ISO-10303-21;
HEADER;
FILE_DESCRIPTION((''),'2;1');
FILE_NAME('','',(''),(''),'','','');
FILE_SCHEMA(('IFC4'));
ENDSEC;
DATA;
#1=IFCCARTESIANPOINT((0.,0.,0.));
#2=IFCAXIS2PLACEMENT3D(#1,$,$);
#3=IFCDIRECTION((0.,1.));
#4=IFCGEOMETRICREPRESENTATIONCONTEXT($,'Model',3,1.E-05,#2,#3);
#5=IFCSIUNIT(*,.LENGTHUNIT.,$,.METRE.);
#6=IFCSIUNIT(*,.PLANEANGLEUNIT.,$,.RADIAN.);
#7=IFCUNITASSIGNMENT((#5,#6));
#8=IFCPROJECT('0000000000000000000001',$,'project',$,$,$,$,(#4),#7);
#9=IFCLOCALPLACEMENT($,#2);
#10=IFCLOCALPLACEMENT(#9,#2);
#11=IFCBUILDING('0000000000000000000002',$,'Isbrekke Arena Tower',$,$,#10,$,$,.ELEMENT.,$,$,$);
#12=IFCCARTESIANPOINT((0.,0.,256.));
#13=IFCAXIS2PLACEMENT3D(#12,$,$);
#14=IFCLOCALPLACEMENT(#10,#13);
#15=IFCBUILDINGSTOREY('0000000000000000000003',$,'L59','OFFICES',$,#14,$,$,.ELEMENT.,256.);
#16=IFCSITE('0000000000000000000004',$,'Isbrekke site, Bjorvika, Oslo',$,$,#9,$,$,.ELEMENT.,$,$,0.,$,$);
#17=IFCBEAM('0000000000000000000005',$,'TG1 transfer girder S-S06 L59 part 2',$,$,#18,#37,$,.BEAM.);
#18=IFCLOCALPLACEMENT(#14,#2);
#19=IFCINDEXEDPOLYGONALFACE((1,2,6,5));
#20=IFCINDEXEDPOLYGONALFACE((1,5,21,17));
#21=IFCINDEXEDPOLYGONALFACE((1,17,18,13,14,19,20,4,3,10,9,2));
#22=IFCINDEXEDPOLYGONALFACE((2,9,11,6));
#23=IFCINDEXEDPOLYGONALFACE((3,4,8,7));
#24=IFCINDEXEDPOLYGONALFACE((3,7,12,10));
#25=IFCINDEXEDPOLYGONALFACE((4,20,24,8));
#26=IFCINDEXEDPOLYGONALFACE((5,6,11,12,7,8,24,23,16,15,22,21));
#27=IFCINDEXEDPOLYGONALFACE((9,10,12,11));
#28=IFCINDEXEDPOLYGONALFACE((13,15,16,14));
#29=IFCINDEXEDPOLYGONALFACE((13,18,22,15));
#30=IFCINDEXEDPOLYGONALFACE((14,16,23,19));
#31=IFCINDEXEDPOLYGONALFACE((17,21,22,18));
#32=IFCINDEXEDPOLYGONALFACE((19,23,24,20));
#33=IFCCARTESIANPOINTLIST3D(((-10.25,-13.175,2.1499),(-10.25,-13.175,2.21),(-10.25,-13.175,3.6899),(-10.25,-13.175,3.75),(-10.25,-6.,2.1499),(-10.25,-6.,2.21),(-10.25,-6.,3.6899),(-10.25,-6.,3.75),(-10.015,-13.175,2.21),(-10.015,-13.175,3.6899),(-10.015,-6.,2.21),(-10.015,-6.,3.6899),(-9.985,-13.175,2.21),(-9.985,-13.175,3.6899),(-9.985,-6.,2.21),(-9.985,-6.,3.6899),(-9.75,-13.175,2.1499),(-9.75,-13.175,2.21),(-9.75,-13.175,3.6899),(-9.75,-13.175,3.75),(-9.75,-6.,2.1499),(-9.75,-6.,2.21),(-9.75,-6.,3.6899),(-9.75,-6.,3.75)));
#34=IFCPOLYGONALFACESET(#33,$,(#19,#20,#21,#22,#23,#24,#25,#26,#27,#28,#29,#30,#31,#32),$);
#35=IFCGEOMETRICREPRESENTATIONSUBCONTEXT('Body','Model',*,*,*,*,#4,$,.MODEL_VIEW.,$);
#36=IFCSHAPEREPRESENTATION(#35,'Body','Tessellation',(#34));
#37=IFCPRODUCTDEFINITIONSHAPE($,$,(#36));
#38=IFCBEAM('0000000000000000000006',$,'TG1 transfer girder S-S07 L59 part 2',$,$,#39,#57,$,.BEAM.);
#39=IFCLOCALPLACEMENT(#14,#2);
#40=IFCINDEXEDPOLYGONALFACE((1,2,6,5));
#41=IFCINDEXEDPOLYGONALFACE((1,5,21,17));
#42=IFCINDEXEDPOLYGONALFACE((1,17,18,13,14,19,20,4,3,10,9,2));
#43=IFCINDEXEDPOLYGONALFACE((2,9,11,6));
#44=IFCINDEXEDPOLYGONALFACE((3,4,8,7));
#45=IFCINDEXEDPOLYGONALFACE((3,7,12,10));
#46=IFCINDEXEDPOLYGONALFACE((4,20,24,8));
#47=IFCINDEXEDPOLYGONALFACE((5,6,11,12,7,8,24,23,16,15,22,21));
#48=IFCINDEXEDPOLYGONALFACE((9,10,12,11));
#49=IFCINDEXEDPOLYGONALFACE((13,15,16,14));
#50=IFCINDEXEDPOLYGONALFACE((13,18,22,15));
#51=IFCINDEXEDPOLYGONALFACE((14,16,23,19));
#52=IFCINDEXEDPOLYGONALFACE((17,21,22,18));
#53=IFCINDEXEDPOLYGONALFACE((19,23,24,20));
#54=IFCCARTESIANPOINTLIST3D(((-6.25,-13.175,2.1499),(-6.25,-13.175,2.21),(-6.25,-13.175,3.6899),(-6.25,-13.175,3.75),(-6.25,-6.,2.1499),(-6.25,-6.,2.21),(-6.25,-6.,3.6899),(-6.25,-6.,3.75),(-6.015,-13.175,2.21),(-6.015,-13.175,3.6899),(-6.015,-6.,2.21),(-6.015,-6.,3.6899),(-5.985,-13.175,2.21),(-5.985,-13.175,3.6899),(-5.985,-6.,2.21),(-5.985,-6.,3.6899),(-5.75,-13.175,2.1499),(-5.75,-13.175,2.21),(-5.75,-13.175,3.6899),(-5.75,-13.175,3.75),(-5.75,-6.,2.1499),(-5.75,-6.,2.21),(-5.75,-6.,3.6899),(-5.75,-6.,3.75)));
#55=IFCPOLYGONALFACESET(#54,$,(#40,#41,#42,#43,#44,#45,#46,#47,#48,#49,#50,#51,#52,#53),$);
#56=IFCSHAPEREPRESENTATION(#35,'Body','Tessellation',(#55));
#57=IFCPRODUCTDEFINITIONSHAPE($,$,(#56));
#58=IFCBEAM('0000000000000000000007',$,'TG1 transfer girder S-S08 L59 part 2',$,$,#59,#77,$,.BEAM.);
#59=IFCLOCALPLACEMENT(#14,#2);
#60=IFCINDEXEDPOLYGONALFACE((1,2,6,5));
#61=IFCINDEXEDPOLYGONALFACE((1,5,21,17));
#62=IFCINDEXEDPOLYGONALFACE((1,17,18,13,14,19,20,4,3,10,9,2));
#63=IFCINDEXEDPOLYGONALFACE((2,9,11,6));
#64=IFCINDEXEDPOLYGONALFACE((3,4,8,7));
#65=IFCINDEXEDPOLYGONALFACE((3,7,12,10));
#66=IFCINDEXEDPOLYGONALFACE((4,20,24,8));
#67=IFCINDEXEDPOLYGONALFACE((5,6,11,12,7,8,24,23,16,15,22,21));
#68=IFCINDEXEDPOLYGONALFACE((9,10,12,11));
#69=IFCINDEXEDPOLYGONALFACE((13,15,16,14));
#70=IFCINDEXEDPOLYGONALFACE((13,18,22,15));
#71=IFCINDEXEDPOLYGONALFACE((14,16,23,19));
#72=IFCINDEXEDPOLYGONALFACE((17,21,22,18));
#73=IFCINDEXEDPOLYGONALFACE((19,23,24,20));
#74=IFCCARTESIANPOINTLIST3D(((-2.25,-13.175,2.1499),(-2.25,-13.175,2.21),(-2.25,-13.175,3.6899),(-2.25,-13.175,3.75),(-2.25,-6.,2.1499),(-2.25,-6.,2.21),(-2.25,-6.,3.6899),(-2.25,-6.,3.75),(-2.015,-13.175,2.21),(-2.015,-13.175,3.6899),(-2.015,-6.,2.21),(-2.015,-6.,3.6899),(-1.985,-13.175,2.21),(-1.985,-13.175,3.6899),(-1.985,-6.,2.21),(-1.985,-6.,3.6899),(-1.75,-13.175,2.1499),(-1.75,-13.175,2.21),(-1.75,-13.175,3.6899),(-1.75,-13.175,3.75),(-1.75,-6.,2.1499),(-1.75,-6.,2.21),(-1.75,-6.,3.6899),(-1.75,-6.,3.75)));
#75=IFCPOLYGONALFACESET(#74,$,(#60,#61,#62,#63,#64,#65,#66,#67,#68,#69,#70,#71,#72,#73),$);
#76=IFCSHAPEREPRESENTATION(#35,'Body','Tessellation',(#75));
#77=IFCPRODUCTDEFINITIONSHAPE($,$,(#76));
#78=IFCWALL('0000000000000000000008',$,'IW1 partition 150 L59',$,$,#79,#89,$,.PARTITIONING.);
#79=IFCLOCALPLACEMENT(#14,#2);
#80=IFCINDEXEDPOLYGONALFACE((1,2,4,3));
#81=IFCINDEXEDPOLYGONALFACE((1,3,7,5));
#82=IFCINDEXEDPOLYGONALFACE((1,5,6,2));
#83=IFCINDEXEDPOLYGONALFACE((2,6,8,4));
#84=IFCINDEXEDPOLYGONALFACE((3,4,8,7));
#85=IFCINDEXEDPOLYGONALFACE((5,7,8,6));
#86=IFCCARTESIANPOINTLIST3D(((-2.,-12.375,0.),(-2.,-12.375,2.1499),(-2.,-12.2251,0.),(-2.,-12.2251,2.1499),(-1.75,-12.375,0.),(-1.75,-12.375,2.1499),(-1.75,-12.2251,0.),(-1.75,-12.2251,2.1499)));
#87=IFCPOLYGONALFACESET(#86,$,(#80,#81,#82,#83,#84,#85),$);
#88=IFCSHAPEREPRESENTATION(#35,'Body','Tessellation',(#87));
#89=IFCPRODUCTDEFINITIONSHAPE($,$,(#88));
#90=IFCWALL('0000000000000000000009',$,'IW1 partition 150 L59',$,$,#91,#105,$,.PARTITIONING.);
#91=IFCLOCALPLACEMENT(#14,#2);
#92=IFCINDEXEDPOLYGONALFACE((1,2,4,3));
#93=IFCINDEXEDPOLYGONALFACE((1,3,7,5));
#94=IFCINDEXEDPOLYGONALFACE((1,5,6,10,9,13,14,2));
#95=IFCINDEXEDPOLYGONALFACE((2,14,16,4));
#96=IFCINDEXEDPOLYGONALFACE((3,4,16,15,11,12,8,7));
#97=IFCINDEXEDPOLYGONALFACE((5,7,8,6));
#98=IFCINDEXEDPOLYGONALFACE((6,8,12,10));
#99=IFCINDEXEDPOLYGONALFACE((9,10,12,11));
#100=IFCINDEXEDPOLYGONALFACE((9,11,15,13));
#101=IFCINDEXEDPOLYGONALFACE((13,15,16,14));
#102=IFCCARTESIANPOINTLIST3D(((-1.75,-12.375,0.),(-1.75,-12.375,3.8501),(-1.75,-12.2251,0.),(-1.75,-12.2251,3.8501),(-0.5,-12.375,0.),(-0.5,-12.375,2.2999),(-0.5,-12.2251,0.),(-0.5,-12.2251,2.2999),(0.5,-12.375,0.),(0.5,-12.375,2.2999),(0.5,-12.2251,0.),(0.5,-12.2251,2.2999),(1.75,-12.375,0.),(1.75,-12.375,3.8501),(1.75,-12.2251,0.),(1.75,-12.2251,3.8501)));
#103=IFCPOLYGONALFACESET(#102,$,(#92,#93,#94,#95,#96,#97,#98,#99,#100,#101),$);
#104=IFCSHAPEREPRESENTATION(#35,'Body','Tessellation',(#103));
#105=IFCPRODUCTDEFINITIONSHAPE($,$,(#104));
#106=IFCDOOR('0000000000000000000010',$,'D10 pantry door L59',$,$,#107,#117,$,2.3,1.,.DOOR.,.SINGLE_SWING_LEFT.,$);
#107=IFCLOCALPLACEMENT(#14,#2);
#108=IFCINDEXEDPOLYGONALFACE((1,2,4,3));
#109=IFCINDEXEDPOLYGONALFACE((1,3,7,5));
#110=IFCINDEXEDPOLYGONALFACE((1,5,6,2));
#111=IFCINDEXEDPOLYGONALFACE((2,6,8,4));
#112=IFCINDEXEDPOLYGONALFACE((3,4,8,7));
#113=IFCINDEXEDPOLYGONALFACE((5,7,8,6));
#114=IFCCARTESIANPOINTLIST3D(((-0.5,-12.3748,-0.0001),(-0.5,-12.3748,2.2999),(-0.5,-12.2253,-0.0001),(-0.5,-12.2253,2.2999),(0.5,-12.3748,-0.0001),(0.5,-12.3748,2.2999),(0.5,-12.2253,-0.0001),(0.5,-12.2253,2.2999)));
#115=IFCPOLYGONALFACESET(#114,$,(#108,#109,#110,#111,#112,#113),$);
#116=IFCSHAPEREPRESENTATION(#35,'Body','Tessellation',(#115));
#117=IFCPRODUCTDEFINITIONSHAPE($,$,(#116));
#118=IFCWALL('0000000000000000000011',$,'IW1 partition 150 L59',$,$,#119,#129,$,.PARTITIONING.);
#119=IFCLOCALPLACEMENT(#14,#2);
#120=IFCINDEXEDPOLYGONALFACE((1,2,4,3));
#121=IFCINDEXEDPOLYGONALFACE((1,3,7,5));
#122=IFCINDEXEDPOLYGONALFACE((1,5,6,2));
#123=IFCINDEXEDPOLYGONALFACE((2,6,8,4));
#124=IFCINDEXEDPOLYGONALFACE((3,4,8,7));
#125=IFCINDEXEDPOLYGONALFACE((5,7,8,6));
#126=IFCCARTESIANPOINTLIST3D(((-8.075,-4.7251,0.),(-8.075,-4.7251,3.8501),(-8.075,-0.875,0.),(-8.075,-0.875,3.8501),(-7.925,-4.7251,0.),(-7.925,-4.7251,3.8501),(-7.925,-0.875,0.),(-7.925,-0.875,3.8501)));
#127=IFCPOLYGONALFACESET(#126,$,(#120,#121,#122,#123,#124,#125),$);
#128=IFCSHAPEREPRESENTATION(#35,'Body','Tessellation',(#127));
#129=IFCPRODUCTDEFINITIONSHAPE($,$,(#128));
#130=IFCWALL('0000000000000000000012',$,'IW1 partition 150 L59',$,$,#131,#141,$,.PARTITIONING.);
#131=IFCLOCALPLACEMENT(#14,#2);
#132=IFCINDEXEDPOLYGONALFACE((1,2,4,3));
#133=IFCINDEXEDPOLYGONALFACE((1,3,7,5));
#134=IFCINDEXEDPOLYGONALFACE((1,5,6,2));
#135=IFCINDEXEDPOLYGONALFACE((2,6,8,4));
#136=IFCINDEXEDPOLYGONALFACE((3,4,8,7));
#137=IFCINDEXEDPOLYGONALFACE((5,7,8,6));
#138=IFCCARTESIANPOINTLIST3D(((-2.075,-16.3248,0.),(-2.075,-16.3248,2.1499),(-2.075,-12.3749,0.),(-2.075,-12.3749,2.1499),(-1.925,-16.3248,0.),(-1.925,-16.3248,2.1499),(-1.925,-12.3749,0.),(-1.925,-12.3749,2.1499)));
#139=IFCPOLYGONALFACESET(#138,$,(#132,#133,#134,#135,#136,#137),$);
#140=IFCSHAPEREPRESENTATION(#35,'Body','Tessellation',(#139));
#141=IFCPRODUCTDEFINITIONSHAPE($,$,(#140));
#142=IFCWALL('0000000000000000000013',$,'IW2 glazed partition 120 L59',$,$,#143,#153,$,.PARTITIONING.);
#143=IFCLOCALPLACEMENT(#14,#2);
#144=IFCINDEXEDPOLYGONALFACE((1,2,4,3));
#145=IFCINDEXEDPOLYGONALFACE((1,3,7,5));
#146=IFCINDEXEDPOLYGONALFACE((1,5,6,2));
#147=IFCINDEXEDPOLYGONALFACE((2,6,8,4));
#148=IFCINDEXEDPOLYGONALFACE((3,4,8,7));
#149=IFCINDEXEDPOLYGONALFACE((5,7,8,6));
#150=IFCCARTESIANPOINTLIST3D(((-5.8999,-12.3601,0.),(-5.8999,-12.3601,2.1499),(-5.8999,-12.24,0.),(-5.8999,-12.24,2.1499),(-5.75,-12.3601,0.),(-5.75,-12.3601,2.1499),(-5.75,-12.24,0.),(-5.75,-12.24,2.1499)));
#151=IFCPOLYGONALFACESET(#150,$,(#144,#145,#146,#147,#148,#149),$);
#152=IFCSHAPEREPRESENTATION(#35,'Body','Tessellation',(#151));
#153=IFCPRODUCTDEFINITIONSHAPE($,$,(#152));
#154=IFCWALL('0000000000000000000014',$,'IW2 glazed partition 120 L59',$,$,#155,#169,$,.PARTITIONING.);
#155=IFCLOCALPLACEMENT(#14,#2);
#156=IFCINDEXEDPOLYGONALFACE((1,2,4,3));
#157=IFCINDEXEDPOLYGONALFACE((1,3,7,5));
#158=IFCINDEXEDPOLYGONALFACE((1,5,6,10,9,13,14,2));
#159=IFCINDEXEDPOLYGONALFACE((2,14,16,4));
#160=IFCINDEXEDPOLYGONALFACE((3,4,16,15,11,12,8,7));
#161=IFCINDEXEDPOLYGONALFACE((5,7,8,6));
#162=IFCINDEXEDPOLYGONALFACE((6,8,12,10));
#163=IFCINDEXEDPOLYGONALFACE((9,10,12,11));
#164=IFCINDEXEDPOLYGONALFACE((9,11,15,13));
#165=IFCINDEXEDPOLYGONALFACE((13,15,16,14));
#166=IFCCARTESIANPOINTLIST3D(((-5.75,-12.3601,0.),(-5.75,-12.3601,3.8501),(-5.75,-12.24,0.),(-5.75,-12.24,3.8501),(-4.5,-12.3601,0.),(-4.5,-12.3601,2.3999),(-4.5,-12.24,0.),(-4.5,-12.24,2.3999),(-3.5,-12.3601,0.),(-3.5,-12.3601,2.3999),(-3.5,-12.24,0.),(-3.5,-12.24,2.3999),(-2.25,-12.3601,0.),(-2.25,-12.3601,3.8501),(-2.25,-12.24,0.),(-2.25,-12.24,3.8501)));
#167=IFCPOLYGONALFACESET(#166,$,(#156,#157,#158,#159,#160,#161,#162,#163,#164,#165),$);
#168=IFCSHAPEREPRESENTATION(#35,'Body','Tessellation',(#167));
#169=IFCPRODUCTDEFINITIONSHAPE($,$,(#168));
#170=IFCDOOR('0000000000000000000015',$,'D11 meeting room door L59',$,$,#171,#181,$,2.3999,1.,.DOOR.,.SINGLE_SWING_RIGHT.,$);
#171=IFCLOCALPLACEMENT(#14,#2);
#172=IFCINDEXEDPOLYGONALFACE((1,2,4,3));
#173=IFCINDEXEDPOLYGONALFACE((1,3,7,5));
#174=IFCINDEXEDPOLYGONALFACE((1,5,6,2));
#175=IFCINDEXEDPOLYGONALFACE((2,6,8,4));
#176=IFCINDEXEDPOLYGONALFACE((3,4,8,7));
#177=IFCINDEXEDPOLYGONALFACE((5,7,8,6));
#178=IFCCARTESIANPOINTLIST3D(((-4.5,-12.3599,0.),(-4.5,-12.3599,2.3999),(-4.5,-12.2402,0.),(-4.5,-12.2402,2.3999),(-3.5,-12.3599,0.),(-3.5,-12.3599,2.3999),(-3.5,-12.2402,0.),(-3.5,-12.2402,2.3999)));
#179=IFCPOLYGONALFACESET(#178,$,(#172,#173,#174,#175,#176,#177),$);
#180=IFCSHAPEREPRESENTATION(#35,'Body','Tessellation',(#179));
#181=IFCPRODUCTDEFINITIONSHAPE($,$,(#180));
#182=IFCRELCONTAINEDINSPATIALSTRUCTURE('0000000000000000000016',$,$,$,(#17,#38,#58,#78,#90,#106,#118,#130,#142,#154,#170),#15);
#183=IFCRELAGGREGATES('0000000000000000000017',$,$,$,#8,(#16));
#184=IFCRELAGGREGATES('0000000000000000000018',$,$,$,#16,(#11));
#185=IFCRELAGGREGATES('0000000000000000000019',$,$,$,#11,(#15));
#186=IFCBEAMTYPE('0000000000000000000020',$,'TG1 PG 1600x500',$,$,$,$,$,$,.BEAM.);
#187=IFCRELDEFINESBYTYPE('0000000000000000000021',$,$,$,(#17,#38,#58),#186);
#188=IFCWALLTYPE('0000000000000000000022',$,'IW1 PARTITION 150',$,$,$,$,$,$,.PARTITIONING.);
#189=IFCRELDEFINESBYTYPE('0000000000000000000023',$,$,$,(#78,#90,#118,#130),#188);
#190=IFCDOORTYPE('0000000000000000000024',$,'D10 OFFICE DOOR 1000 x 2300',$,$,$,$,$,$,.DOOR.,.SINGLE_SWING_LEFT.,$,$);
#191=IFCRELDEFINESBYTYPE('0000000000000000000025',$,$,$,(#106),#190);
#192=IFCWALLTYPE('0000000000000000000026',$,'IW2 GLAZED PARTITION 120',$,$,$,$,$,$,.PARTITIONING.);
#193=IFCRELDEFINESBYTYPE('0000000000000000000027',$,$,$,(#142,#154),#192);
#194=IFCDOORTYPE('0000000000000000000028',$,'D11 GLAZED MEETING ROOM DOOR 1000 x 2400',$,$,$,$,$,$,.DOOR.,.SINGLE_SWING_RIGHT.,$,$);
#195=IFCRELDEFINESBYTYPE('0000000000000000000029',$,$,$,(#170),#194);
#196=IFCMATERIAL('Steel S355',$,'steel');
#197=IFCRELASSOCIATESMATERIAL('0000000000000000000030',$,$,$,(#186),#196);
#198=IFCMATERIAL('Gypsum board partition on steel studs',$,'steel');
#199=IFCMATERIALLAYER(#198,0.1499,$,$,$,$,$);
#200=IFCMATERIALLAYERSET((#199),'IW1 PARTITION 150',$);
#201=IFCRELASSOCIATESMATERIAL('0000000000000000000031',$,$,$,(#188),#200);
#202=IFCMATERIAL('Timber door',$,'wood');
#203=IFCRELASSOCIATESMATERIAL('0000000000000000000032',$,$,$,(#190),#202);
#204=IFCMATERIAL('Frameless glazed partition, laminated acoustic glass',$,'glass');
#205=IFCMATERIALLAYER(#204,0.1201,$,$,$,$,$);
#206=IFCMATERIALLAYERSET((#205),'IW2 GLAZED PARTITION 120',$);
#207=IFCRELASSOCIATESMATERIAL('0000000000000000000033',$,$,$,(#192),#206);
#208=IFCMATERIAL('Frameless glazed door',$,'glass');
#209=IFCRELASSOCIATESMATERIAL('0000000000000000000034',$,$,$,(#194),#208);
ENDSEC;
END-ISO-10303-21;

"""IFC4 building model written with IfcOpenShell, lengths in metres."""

from ifc_helpers import new_model, si_unit, direction, frame, frame_2d, origin, origin_2d, place, context, subcontext, project, spatial, rectangle, i_section, extrude, material, layer, layer_set, material_profile, profile_set, type_object, element, fill, save


model = new_model("IFC4")

# Units and contexts
model_context = context("Model", 3, precision=1e-05, world=origin(), true_north=direction((0.0, 1.0)))
body_context = subcontext(model_context, "Body", "Model", "MODEL_VIEW")
ifc_project = project(units=[si_unit("LENGTHUNIT", "METRE"), si_unit("PLANEANGLEUNIT", "RADIAN")], contexts=[model_context])

# Site, building, storey
site_placement = place(None, origin())
site = spatial("IfcSite", under=ifc_project, at=site_placement, Name="Isbrekke site, Bjorvika, Oslo", CompositionType="ELEMENT", RefElevation=0.0)
building_placement = place(site_placement, origin())
building = spatial("IfcBuilding", under=site, at=building_placement, Name="Isbrekke Arena Tower", CompositionType="ELEMENT")
storey_placement = place(building_placement, frame((0.0, 0.0, 256.0)))
storey = spatial("IfcBuildingStorey", under=building, at=storey_placement, Name="L59", Description="OFFICES", CompositionType="ELEMENT", Elevation=256.0)

# Beams
ifc_material_1 = material(Name="Steel S355", Category="steel")
ifc_material_profile_1 = material_profile(ifc_material_1, i_section(OverallWidth=0.5, OverallDepth=1.6001, WebThickness=0.03, FlangeThickness=0.0601, at=origin_2d()), Name="PG 1600x500")
ifc_profile_set_1 = profile_set([ifc_material_profile_1], Name="Steel S355")
beam_type_1 = type_object("IfcBeamType", Name="TG1 PG 1600x500", PredefinedType="BEAM", material=ifc_profile_set_1)
for number, where, z_axis, x_axis, name in (
    (1, (-10.0, -13.175, 2.95), (0.0, 1.0, 0.0), (-1.0, 0.0, 0.0), "TG1 transfer girder S-S06 L59 part 2"),
    (2, (-6.0, -13.175, 2.95), (0.0, 1.0, 0.0), (-1.0, 0.0, 0.0), "TG1 transfer girder S-S07 L59 part 2"),
    (3, (-2.0, -13.175, 2.95), (0.0, 1.0, 0.0), (-1.0, 0.0, 0.0), "TG1 transfer girder S-S08 L59 part 2"),
):
    element("IfcBeam", number, at=place(storey_placement, frame(where, z_axis=z_axis, x_axis=x_axis)), inside=storey, type_object=beam_type_1, Name=name, PredefinedType="BEAM", context=body_context, shape_type="SweptSolid", body=[
        extrude(i_section(OverallWidth=0.5, OverallDepth=1.6001, WebThickness=0.03, FlangeThickness=0.0601, at=origin_2d()), origin(), (0.0, 0.0, 1.0), 7.175),
    ])

# Wall
ifc_material_2 = material(Name="Gypsum board partition on steel studs", Category="steel")
ifc_layer_1 = layer(ifc_material_2, 0.1499)
ifc_layer_set_1 = layer_set([ifc_layer_1], Name="IW1 PARTITION 150")
wall_type_1 = type_object("IfcWallType", Name="IW1 PARTITION 150", PredefinedType="PARTITIONING", material=ifc_layer_set_1)
wall_1_placement = place(storey_placement, frame((-2.0, -12.3, 0.0), z_axis=(0.0, 0.0, 1.0), x_axis=(1.0, 0.0, 0.0)))
element("IfcWall", 4, at=wall_1_placement, inside=storey, type_object=wall_type_1, Name="IW1 partition 150 L59", PredefinedType="PARTITIONING", context=body_context, shape_type="SweptSolid", body=[
    extrude(rectangle(XDim=0.25, YDim=0.1499, at=frame_2d((0.125, 0.0))), origin(), (0.0, 0.0, 1.0), 2.1499),
])

# Wall, opening, door
wall_2_placement = place(storey_placement, frame((-1.75, -12.3, 0.0), z_axis=(0.0, 0.0, 1.0), x_axis=(1.0, 0.0, 0.0)))
wall_2 = element("IfcWall", 5, at=wall_2_placement, inside=storey, type_object=wall_type_1, Name="IW1 partition 150 L59", PredefinedType="PARTITIONING", context=body_context, shape_type="SweptSolid", body=[
    extrude(rectangle(XDim=3.5, YDim=0.1499, at=frame_2d((1.75, 0.0))), origin(), (0.0, 0.0, 1.0), 3.8501),
])
opening_1_placement = place(wall_2_placement, frame((1.25, 0.0, 0.0)))
opening_1 = element("IfcOpeningElement", 6, at=opening_1_placement, cuts=wall_2, PredefinedType="OPENING", context=body_context, shape_type="SweptSolid", body=[
    extrude(rectangle(XDim=1.0, YDim=2.3, at=frame_2d((0.5, 1.1499))), frame((0.0, 0.0898, 0.0), z_axis=(0.0, -1.0, 0.0), x_axis=(1.0, 0.0, 0.0)), (0.0, 0.0, 1.0), 0.1797),
])
ifc_material_3 = material(Name="Timber door", Category="wood")
door_type_1 = type_object("IfcDoorType", Name="D10 OFFICE DOOR 1000 x 2300", OperationType="SINGLE_SWING_LEFT", PredefinedType="DOOR", material=ifc_material_3)
door_1_placement = place(opening_1_placement, origin())
door_1 = element("IfcDoor", 7, at=door_1_placement, inside=storey, type_object=door_type_1, Name="D10 pantry door L59", OperationType="SINGLE_SWING_LEFT", OverallHeight=2.3, OverallWidth=1.0, PredefinedType="DOOR", context=body_context, shape_type="SweptSolid", body=[
    extrude(rectangle(XDim=1.0, YDim=2.3, at=frame_2d((0.5, 1.1499))), frame((0.0, 0.0747, 0.0), z_axis=(0.0, -1.0, 0.0), x_axis=(1.0, 0.0, 0.0)), (0.0, 0.0, 1.0), 0.1494),
])
fill(opening_1, door_1)

# Walls
wall_3_placement = place(storey_placement, frame((-8.0, -4.7251, 0.0), z_axis=(0.0, 0.0, 1.0), x_axis=(0.0, 1.0, 0.0)))
element("IfcWall", 8, at=wall_3_placement, inside=storey, type_object=wall_type_1, Name="IW1 partition 150 L59", PredefinedType="PARTITIONING", context=body_context, shape_type="SweptSolid", body=[
    extrude(rectangle(XDim=3.8501, YDim=0.1499, at=frame_2d((1.925, 0.0))), origin(), (0.0, 0.0, 1.0), 3.8501),
])
wall_4_placement = place(storey_placement, frame((-2.0, -16.325, 0.0), z_axis=(0.0, 0.0, 1.0), x_axis=(0.0, 1.0, 0.0)))
element("IfcWall", 9, at=wall_4_placement, inside=storey, type_object=wall_type_1, Name="IW1 partition 150 L59", PredefinedType="PARTITIONING", context=body_context, shape_type="SweptSolid", body=[
    extrude(rectangle(XDim=3.95, YDim=0.1499, at=frame_2d((1.9751, 0.0))), origin(), (0.0, 0.0, 1.0), 2.1499),
])
ifc_material_4 = material(Name="Frameless glazed partition, laminated acoustic glass", Category="glass")
ifc_layer_2 = layer(ifc_material_4, 0.1201)
ifc_layer_set_2 = layer_set([ifc_layer_2], Name="IW2 GLAZED PARTITION 120")
wall_type_2 = type_object("IfcWallType", Name="IW2 GLAZED PARTITION 120", PredefinedType="PARTITIONING", material=ifc_layer_set_2)
wall_5_placement = place(storey_placement, frame((-5.8999, -12.3, 0.0), z_axis=(0.0, 0.0, 1.0), x_axis=(1.0, 0.0, 0.0)))
element("IfcWall", 10, at=wall_5_placement, inside=storey, type_object=wall_type_2, Name="IW2 glazed partition 120 L59", PredefinedType="PARTITIONING", context=body_context, shape_type="SweptSolid", body=[
    extrude(rectangle(XDim=0.1499, YDim=0.1201, at=frame_2d((0.075, 0.0))), origin(), (0.0, 0.0, 1.0), 2.1499),
])

# Wall, opening, door
wall_6_placement = place(storey_placement, frame((-5.75, -12.3, 0.0), z_axis=(0.0, 0.0, 1.0), x_axis=(1.0, 0.0, 0.0)))
wall_6 = element("IfcWall", 11, at=wall_6_placement, inside=storey, type_object=wall_type_2, Name="IW2 glazed partition 120 L59", PredefinedType="PARTITIONING", context=body_context, shape_type="SweptSolid", body=[
    extrude(rectangle(XDim=3.5, YDim=0.1201, at=frame_2d((1.75, 0.0))), origin(), (0.0, 0.0, 1.0), 3.8501),
])
opening_2_placement = place(wall_6_placement, frame((1.25, 0.0, 0.0)))
opening_2 = element("IfcOpeningElement", 12, at=opening_2_placement, cuts=wall_6, PredefinedType="OPENING", context=body_context, shape_type="SweptSolid", body=[
    extrude(rectangle(XDim=1.0, YDim=2.3999, at=frame_2d((0.5, 1.2))), frame((0.0, 0.075, 0.0), z_axis=(0.0, -1.0, 0.0), x_axis=(1.0, 0.0, 0.0)), (0.0, 0.0, 1.0), 0.1499),
])
ifc_material_5 = material(Name="Frameless glazed door", Category="glass")
door_type_2 = type_object("IfcDoorType", Name="D11 GLAZED MEETING ROOM DOOR 1000 x 2400", OperationType="SINGLE_SWING_RIGHT", PredefinedType="DOOR", material=ifc_material_5)
door_2_placement = place(opening_2_placement, origin())
door_2 = element("IfcDoor", 13, at=door_2_placement, inside=storey, type_object=door_type_2, Name="D11 meeting room door L59", OperationType="SINGLE_SWING_RIGHT", OverallHeight=2.3999, OverallWidth=1.0, PredefinedType="DOOR", context=body_context, shape_type="SweptSolid", body=[
    extrude(rectangle(XDim=1.0, YDim=2.3999, at=frame_2d((0.5, 1.2))), frame((0.0, 0.0598, 0.0), z_axis=(0.0, -1.0, 0.0), x_axis=(1.0, 0.0, 0.0)), (0.0, 0.0, 1.0), 0.1196),
])
fill(opening_2, door_2)

save(model, "model.ifc")
